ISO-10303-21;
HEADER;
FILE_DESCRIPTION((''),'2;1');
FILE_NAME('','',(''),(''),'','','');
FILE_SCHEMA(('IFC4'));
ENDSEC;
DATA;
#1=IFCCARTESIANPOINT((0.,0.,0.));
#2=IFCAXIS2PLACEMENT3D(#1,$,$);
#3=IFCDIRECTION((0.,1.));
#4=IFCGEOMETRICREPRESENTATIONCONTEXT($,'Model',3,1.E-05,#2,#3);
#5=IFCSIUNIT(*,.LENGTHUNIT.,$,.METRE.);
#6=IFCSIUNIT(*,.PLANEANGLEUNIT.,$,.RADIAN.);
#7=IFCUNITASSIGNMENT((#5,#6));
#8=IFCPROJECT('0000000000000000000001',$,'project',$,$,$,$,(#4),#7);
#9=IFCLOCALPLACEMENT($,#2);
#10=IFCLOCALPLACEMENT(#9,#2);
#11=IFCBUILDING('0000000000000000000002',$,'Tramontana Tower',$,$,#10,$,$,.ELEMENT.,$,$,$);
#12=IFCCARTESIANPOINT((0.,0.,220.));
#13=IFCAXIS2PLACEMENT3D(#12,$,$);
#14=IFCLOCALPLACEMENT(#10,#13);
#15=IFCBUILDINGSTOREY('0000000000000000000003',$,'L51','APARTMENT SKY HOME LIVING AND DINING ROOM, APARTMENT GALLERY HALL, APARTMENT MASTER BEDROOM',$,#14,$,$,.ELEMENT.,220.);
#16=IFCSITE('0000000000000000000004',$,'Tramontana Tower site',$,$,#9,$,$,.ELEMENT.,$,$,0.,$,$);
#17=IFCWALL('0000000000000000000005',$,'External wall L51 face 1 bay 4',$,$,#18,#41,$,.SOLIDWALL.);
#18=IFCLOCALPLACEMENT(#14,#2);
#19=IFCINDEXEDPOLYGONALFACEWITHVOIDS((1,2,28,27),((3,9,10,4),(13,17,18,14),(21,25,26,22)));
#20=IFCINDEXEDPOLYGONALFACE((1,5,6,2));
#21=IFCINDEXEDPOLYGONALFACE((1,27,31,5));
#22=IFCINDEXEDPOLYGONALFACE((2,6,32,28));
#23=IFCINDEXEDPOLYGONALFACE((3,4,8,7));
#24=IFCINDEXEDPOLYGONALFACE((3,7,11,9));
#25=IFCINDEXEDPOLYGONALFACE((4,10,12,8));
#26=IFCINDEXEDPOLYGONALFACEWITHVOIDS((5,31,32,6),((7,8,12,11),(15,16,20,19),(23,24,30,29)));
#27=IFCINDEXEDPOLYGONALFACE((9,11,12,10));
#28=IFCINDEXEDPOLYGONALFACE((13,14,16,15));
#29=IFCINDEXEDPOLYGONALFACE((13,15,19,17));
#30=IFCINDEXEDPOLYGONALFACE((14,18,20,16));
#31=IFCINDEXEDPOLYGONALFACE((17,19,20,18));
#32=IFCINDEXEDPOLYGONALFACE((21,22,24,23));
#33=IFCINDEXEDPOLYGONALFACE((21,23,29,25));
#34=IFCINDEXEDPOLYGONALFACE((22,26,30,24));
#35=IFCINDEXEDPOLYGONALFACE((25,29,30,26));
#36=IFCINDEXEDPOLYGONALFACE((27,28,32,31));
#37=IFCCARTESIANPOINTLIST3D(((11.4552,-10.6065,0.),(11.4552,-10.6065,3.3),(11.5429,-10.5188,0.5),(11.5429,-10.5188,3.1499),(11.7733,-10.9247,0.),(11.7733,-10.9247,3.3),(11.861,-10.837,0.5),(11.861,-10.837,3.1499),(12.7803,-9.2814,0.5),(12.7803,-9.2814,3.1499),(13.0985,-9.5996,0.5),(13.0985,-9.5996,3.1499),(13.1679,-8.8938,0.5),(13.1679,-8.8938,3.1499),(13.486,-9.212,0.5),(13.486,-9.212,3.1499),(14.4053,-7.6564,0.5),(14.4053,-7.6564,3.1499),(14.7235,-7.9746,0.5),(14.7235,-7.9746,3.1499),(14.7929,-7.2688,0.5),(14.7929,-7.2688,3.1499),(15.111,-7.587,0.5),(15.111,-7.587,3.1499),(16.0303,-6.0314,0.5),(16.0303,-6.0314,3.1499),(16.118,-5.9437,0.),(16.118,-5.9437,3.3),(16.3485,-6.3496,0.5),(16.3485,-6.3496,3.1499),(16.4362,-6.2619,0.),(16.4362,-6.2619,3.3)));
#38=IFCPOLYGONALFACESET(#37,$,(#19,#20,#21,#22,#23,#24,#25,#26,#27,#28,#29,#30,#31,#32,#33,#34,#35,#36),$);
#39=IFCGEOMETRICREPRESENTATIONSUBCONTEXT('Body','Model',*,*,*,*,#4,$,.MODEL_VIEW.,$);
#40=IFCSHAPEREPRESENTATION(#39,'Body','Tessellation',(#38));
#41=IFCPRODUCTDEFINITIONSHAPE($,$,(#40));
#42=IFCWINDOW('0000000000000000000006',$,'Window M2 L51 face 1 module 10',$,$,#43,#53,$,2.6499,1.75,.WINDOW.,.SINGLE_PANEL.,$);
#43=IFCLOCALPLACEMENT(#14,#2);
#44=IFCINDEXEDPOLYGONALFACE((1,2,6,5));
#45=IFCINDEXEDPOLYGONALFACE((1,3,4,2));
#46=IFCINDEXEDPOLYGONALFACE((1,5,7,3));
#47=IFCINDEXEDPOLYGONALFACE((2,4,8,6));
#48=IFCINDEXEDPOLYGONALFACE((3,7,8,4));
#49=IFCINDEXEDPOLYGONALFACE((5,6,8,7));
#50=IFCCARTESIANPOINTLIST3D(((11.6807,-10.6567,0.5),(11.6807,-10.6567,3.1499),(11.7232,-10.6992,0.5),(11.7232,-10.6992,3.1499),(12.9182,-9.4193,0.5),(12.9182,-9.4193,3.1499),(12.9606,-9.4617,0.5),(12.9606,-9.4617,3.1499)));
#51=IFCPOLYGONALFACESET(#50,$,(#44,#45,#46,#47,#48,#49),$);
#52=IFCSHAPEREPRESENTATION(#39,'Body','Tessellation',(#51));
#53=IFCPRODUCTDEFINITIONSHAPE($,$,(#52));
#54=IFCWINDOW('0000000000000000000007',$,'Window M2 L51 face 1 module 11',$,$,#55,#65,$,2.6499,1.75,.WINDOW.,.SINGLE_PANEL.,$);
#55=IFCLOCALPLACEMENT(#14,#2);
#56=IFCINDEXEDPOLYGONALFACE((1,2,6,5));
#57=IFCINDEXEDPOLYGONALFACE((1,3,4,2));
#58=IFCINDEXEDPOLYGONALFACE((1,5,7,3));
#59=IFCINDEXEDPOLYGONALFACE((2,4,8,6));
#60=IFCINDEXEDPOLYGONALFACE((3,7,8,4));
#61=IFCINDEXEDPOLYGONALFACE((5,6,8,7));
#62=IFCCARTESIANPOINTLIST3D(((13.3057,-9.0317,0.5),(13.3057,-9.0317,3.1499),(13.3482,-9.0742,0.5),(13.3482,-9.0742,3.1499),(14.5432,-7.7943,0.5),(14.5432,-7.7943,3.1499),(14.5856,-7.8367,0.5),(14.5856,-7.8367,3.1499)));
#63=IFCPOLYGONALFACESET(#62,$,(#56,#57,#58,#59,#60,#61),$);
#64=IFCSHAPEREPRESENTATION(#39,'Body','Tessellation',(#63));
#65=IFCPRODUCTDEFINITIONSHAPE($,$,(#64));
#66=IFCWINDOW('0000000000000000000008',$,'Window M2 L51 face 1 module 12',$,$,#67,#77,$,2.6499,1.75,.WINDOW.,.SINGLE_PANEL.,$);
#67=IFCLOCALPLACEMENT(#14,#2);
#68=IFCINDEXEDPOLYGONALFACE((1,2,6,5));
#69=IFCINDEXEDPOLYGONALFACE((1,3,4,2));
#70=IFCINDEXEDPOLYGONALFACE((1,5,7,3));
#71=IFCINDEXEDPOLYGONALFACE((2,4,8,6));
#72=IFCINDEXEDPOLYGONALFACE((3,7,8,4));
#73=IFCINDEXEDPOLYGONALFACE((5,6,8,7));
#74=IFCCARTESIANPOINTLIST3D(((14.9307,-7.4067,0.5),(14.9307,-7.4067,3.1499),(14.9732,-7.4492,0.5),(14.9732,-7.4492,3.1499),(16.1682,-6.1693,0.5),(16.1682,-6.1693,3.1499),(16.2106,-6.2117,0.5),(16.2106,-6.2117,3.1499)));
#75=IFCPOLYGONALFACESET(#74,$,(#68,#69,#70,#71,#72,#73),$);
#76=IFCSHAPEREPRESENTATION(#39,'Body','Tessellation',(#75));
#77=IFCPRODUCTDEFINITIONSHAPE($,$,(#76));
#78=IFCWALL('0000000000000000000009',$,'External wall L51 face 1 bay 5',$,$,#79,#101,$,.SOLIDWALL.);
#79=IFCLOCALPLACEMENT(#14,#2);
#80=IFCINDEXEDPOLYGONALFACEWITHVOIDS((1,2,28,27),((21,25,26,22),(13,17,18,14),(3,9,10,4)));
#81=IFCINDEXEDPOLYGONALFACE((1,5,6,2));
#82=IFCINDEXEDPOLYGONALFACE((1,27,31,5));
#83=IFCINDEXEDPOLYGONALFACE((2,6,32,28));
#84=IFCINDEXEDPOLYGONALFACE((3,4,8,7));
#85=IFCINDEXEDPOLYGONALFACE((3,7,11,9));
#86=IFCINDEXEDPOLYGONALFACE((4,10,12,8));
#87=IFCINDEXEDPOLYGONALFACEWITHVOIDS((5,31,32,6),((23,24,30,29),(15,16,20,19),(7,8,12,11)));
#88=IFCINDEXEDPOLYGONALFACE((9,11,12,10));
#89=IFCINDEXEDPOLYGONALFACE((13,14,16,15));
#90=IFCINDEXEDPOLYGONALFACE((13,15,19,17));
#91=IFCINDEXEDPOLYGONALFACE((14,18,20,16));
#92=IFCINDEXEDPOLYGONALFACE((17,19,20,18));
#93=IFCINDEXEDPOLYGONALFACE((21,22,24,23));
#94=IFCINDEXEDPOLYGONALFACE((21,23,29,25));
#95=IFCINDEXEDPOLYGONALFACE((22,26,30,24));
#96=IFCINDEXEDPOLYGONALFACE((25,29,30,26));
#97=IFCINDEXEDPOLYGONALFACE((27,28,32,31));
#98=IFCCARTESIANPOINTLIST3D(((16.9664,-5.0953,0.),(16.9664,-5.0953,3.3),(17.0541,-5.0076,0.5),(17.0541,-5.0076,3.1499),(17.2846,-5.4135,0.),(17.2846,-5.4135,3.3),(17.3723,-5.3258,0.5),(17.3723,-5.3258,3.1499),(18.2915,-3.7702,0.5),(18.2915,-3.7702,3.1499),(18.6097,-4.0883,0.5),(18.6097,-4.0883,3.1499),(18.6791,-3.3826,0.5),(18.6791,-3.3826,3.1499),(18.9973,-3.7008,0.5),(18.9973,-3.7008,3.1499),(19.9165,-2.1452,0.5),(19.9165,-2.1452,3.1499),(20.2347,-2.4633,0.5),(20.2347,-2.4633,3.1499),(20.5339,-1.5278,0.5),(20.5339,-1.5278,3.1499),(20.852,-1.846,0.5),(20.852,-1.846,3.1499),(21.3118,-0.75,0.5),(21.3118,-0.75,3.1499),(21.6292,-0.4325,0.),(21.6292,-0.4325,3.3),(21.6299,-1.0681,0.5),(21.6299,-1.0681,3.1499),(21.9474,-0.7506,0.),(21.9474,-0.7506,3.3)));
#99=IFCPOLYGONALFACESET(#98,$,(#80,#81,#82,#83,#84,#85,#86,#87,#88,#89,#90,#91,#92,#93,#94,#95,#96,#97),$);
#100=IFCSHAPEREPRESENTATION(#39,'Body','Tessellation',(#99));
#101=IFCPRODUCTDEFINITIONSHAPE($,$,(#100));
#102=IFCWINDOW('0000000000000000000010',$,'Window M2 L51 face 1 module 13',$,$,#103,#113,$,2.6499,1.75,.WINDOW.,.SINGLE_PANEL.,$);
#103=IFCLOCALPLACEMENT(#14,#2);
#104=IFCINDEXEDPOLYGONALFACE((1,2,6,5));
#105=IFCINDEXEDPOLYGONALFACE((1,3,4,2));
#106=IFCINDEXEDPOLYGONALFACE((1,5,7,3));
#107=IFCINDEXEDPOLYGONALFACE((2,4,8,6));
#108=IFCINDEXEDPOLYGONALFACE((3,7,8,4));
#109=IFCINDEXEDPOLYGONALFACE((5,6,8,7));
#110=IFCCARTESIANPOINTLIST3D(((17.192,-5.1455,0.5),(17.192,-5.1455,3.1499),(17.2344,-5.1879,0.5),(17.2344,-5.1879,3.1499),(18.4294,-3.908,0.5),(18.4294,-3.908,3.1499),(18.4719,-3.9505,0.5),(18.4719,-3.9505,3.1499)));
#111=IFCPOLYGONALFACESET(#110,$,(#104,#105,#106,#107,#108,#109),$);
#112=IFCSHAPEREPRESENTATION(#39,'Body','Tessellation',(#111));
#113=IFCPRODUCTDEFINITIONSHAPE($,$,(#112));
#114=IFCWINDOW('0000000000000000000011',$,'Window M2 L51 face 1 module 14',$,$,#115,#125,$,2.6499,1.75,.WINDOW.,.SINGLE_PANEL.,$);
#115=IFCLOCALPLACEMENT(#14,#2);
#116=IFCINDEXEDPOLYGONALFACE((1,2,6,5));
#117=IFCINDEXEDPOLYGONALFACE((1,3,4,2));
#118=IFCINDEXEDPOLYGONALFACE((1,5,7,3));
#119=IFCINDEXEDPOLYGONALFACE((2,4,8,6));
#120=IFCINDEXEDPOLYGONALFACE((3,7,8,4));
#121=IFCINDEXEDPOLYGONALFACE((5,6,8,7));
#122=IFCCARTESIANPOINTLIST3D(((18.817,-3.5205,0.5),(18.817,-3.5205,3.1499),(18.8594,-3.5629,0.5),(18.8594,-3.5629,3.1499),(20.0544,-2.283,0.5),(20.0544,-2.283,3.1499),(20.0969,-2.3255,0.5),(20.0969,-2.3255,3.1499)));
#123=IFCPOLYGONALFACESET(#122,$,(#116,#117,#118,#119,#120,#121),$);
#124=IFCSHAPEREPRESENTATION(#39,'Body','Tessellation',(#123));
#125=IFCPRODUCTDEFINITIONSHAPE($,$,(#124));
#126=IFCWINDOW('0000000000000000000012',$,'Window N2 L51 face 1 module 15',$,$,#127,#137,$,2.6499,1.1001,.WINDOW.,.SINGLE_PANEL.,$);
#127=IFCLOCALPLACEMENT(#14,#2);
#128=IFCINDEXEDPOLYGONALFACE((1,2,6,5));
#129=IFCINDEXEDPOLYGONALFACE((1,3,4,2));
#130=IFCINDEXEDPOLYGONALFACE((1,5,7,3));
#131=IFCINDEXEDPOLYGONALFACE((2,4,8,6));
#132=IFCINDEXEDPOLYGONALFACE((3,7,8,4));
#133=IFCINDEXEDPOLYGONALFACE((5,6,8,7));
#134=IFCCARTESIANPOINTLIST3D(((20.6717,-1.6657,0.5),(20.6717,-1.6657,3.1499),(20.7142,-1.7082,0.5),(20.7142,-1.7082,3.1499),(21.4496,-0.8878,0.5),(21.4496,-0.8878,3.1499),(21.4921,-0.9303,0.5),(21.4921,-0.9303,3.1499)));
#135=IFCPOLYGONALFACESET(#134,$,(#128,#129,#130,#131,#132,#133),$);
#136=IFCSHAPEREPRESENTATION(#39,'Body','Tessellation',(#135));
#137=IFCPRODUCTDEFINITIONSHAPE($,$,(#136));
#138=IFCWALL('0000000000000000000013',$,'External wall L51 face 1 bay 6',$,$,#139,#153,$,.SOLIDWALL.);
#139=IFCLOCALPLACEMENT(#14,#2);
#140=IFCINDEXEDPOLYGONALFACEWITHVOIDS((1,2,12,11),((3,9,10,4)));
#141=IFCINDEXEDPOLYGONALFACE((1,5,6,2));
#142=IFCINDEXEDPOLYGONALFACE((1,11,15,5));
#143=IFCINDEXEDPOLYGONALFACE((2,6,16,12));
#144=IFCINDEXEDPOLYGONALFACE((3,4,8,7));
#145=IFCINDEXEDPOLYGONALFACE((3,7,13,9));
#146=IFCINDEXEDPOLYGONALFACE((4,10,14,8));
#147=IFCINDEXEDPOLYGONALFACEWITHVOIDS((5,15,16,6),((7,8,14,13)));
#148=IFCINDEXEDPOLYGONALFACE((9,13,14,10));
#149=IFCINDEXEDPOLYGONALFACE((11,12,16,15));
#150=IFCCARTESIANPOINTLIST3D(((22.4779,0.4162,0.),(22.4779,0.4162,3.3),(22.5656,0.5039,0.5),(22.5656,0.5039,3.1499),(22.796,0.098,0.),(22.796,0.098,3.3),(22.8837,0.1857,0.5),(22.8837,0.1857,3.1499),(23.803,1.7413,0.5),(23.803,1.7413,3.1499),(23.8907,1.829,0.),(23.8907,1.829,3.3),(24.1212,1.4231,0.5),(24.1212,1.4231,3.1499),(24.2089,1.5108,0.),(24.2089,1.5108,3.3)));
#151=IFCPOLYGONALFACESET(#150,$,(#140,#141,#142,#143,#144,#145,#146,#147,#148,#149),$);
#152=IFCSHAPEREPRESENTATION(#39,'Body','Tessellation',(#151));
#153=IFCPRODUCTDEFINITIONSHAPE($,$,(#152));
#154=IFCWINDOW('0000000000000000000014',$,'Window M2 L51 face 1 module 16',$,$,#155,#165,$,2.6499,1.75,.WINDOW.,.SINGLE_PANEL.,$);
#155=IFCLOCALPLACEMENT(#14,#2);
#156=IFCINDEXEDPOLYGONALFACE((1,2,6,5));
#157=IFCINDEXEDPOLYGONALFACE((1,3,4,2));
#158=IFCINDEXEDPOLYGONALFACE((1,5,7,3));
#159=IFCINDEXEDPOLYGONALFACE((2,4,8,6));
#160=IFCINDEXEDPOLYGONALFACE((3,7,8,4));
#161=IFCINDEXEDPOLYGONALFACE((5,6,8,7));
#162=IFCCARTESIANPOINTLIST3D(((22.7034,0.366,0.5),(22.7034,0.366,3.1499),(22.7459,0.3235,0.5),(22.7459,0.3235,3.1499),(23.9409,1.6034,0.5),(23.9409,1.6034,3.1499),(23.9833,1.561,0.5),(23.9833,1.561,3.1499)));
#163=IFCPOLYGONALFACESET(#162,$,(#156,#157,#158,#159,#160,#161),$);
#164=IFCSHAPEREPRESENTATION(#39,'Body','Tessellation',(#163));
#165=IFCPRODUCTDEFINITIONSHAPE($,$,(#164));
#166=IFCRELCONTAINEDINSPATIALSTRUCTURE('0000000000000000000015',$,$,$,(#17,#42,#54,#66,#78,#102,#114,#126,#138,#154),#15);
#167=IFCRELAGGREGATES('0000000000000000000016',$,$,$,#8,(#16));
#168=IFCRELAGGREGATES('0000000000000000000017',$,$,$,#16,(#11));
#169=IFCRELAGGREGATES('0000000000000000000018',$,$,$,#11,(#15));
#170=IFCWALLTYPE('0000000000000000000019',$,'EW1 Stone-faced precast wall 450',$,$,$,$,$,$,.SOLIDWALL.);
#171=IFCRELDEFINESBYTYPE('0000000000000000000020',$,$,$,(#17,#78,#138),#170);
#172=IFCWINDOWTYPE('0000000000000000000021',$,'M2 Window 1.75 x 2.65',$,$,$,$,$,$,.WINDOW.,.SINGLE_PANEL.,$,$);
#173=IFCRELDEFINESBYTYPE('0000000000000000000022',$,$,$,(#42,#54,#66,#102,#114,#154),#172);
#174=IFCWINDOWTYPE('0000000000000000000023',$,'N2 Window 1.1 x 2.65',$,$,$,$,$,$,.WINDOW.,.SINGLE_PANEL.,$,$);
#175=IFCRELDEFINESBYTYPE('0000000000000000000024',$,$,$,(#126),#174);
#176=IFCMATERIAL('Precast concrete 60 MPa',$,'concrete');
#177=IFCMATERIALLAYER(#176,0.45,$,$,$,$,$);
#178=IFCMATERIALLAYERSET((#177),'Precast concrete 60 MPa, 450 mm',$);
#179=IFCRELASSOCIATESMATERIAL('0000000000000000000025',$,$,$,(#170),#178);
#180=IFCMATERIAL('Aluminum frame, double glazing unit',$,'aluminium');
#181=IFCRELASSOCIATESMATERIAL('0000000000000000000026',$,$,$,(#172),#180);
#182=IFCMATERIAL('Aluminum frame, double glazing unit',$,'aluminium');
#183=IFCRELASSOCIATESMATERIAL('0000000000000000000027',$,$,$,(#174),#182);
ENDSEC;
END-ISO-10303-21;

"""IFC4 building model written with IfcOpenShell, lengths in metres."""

from ifc_helpers import new_model, si_unit, direction, frame, frame_2d, origin, place, context, subcontext, project, spatial, rectangle, extrude, material, layer, layer_set, type_object, element, fill, save


model = new_model("IFC4")

# Units and contexts
model_context = context("Model", 3, precision=1e-05, world=origin(), true_north=direction((0.0, 1.0)))
body_context = subcontext(model_context, "Body", "Model", "MODEL_VIEW")
ifc_project = project(units=[si_unit("LENGTHUNIT", "METRE"), si_unit("PLANEANGLEUNIT", "RADIAN")], contexts=[model_context])

# Site, building, storey
site_placement = place(None, origin())
site = spatial("IfcSite", under=ifc_project, at=site_placement, Name="Tramontana Tower site", CompositionType="ELEMENT", RefElevation=0.0)
building_placement = place(site_placement, origin())
building = spatial("IfcBuilding", under=site, at=building_placement, Name="Tramontana Tower", CompositionType="ELEMENT")
storey_placement = place(building_placement, frame((0.0, 0.0, 220.0)))
storey = spatial("IfcBuildingStorey", under=building, at=storey_placement, Name="L51", Description="APARTMENT SKY HOME LIVING AND DINING ROOM, APARTMENT GALLERY HALL, APARTMENT MASTER BEDROOM", CompositionType="ELEMENT", Elevation=220.0)

# Walls, openings, windows
ifc_material_1 = material(Name="Precast concrete 60 MPa", Category="concrete")
ifc_layer_1 = layer(ifc_material_1, 0.45)
ifc_layer_set_1 = layer_set([ifc_layer_1], Name="Precast concrete 60 MPa, 450 mm")
wall_type_1 = type_object("IfcWallType", Name="EW1 Stone-faced precast wall 450", PredefinedType="SOLIDWALL", material=ifc_layer_set_1)
wall_1_placement = place(storey_placement, frame((11.6143, -10.7656, 0.0), z_axis=(0.0, 0.0, 1.0), x_axis=(0.707107, 0.707107, 0.0)))
wall_1 = element("IfcWall", 1, at=wall_1_placement, inside=storey, type_object=wall_type_1, Name="External wall L51 face 1 bay 4", PredefinedType="SOLIDWALL", context=body_context, shape_type="SweptSolid", body=[
    extrude(rectangle(XDim=6.5942, YDim=0.45, at=frame_2d((3.2971, 0.0))), origin(), (0.0, 0.0, 1.0), 3.3),
])
opening_1_placement = place(wall_1_placement, frame((0.124, 0.0, 0.5)))
opening_1 = element("IfcOpeningElement", 2, at=opening_1_placement, cuts=wall_1, PredefinedType="OPENING", context=body_context, shape_type="SweptSolid", body=[
    extrude(rectangle(XDim=1.75, YDim=2.6499, at=frame_2d((0.875, 1.325))), frame((0.0, 0.2349, 0.0), z_axis=(0.0, -1.0, 0.0), x_axis=(1.0, 0.0, 0.0)), (0.0, 0.0, 1.0), 0.47),
])
opening_2_placement = place(wall_1_placement, frame((2.4221, 0.0, 0.5)))
opening_2 = element("IfcOpeningElement", 3, at=opening_2_placement, cuts=wall_1, PredefinedType="OPENING", context=body_context, shape_type="SweptSolid", body=[
    extrude(rectangle(XDim=1.75, YDim=2.6499, at=frame_2d((0.875, 1.325))), frame((0.0, 0.2349, 0.0), z_axis=(0.0, -1.0, 0.0), x_axis=(1.0, 0.0, 0.0)), (0.0, 0.0, 1.0), 0.47),
])
opening_3_placement = place(wall_1_placement, frame((4.7202, 0.0, 0.5)))
opening_3 = element("IfcOpeningElement", 4, at=opening_3_placement, cuts=wall_1, PredefinedType="OPENING", context=body_context, shape_type="SweptSolid", body=[
    extrude(rectangle(XDim=1.75, YDim=2.6499, at=frame_2d((0.875, 1.325))), frame((0.0, 0.2349, 0.0), z_axis=(0.0, -1.0, 0.0), x_axis=(1.0, 0.0, 0.0)), (0.0, 0.0, 1.0), 0.47),
])
ifc_material_2 = material(Name="Aluminum frame, double glazing unit", Category="aluminium")
window_type_1 = type_object("IfcWindowType", Name="M2 Window 1.75 x 2.65", PartitioningType="SINGLE_PANEL", PredefinedType="WINDOW", material=ifc_material_2)
window_1_placement = place(opening_1_placement, origin())
window_1 = element("IfcWindow", 5, at=window_1_placement, inside=storey, type_object=window_type_1, Name="Window M2 L51 face 1 module 10", OverallHeight=2.6499, OverallWidth=1.75, PartitioningType="SINGLE_PANEL", PredefinedType="WINDOW", context=body_context, shape_type="SweptSolid", body=[
    extrude(rectangle(XDim=1.75, YDim=2.6499, at=frame_2d((0.875, 1.325))), frame((0.0, 0.03, 0.0), z_axis=(0.0, -1.0, 0.0), x_axis=(1.0, 0.0, 0.0)), (0.0, 0.0, 1.0), 0.0601),
])
fill(opening_1, window_1)
window_2_placement = place(opening_2_placement, origin())
window_2 = element("IfcWindow", 6, at=window_2_placement, inside=storey, type_object=window_type_1, Name="Window M2 L51 face 1 module 11", OverallHeight=2.6499, OverallWidth=1.75, PartitioningType="SINGLE_PANEL", PredefinedType="WINDOW", context=body_context, shape_type="SweptSolid", body=[
    extrude(rectangle(XDim=1.75, YDim=2.6499, at=frame_2d((0.875, 1.325))), frame((0.0, 0.03, 0.0), z_axis=(0.0, -1.0, 0.0), x_axis=(1.0, 0.0, 0.0)), (0.0, 0.0, 1.0), 0.0601),
])
fill(opening_2, window_2)
window_3_placement = place(opening_3_placement, origin())
window_3 = element("IfcWindow", 7, at=window_3_placement, inside=storey, type_object=window_type_1, Name="Window M2 L51 face 1 module 12", OverallHeight=2.6499, OverallWidth=1.75, PartitioningType="SINGLE_PANEL", PredefinedType="WINDOW", context=body_context, shape_type="SweptSolid", body=[
    extrude(rectangle(XDim=1.75, YDim=2.6499, at=frame_2d((0.875, 1.325))), frame((0.0, 0.03, 0.0), z_axis=(0.0, -1.0, 0.0), x_axis=(1.0, 0.0, 0.0)), (0.0, 0.0, 1.0), 0.0601),
])
fill(opening_3, window_3)
wall_2_placement = place(storey_placement, frame((17.1255, -5.2544, 0.0), z_axis=(0.0, 0.0, 1.0), x_axis=(0.707107, 0.707107, 0.0)))
wall_2 = element("IfcWall", 8, at=wall_2_placement, inside=storey, type_object=wall_type_1, Name="External wall L51 face 1 bay 5", PredefinedType="SOLIDWALL", context=body_context, shape_type="SweptSolid", body=[
    extrude(rectangle(XDim=6.5942, YDim=0.45, at=frame_2d((3.2971, 0.0))), origin(), (0.0, 0.0, 1.0), 3.3),
])
opening_4_placement = place(wall_2_placement, frame((0.124, 0.0, 0.5)))
opening_4 = element("IfcOpeningElement", 9, at=opening_4_placement, cuts=wall_2, PredefinedType="OPENING", context=body_context, shape_type="SweptSolid", body=[
    extrude(rectangle(XDim=1.75, YDim=2.6499, at=frame_2d((0.875, 1.325))), frame((0.0, 0.2349, 0.0), z_axis=(0.0, -1.0, 0.0), x_axis=(1.0, 0.0, 0.0)), (0.0, 0.0, 1.0), 0.47),
])
opening_5_placement = place(wall_2_placement, frame((2.4221, 0.0, 0.5)))
opening_5 = element("IfcOpeningElement", 10, at=opening_5_placement, cuts=wall_2, PredefinedType="OPENING", context=body_context, shape_type="SweptSolid", body=[
    extrude(rectangle(XDim=1.75, YDim=2.6499, at=frame_2d((0.875, 1.325))), frame((0.0, 0.2349, 0.0), z_axis=(0.0, -1.0, 0.0), x_axis=(1.0, 0.0, 0.0)), (0.0, 0.0, 1.0), 0.47),
])
opening_6_placement = place(wall_2_placement, frame((5.0452, 0.0, 0.5)))
opening_6 = element("IfcOpeningElement", 11, at=opening_6_placement, cuts=wall_2, PredefinedType="OPENING", context=body_context, shape_type="SweptSolid", body=[
    extrude(rectangle(XDim=1.1001, YDim=2.6499, at=frame_2d((0.55, 1.325))), frame((0.0, 0.2349, 0.0), z_axis=(0.0, -1.0, 0.0), x_axis=(1.0, 0.0, 0.0)), (0.0, 0.0, 1.0), 0.47),
])
window_4_placement = place(opening_4_placement, origin())
window_4 = element("IfcWindow", 12, at=window_4_placement, inside=storey, type_object=window_type_1, Name="Window M2 L51 face 1 module 13", OverallHeight=2.6499, OverallWidth=1.75, PartitioningType="SINGLE_PANEL", PredefinedType="WINDOW", context=body_context, shape_type="SweptSolid", body=[
    extrude(rectangle(XDim=1.75, YDim=2.6499, at=frame_2d((0.875, 1.325))), frame((0.0, 0.03, 0.0), z_axis=(0.0, -1.0, 0.0), x_axis=(1.0, 0.0, 0.0)), (0.0, 0.0, 1.0), 0.0601),
])
fill(opening_4, window_4)
window_5_placement = place(opening_5_placement, origin())
window_5 = element("IfcWindow", 13, at=window_5_placement, inside=storey, type_object=window_type_1, Name="Window M2 L51 face 1 module 14", OverallHeight=2.6499, OverallWidth=1.75, PartitioningType="SINGLE_PANEL", PredefinedType="WINDOW", context=body_context, shape_type="SweptSolid", body=[
    extrude(rectangle(XDim=1.75, YDim=2.6499, at=frame_2d((0.875, 1.325))), frame((0.0, 0.03, 0.0), z_axis=(0.0, -1.0, 0.0), x_axis=(1.0, 0.0, 0.0)), (0.0, 0.0, 1.0), 0.0601),
])
fill(opening_5, window_5)
ifc_material_3 = material(Name="Aluminum frame, double glazing unit", Category="aluminium")
window_type_2 = type_object("IfcWindowType", Name="N2 Window 1.1 x 2.65", PartitioningType="SINGLE_PANEL", PredefinedType="WINDOW", material=ifc_material_3)
window_6_placement = place(opening_6_placement, origin())
window_6 = element("IfcWindow", 14, at=window_6_placement, inside=storey, type_object=window_type_2, Name="Window N2 L51 face 1 module 15", OverallHeight=2.6499, OverallWidth=1.1001, PartitioningType="SINGLE_PANEL", PredefinedType="WINDOW", context=body_context, shape_type="SweptSolid", body=[
    extrude(rectangle(XDim=1.1001, YDim=2.6499, at=frame_2d((0.55, 1.325))), frame((0.0, 0.03, 0.0), z_axis=(0.0, -1.0, 0.0), x_axis=(1.0, 0.0, 0.0)), (0.0, 0.0, 1.0), 0.0601),
])
fill(opening_6, window_6)

# Wall, opening, window
wall_3_placement = place(storey_placement, frame((22.637, 0.2571, 0.0), z_axis=(0.0, 0.0, 1.0), x_axis=(0.707107, 0.707107, 0.0)))
wall_3 = element("IfcWall", 15, at=wall_3_placement, inside=storey, type_object=wall_type_1, Name="External wall L51 face 1 bay 6", PredefinedType="SOLIDWALL", context=body_context, shape_type="SweptSolid", body=[
    extrude(rectangle(XDim=1.998, YDim=0.45, at=frame_2d((0.999, 0.0))), origin(), (0.0, 0.0, 1.0), 3.3),
])
opening_7_placement = place(wall_3_placement, frame((0.124, 0.0, 0.5)))
opening_7 = element("IfcOpeningElement", 16, at=opening_7_placement, cuts=wall_3, PredefinedType="OPENING", context=body_context, shape_type="SweptSolid", body=[
    extrude(rectangle(XDim=1.75, YDim=2.6499, at=frame_2d((0.875, 1.325))), frame((0.0, 0.2349, 0.0), z_axis=(0.0, -1.0, 0.0), x_axis=(1.0, 0.0, 0.0)), (0.0, 0.0, 1.0), 0.47),
])
window_7_placement = place(opening_7_placement, origin())
window_7 = element("IfcWindow", 17, at=window_7_placement, inside=storey, type_object=window_type_1, Name="Window M2 L51 face 1 module 16", OverallHeight=2.6499, OverallWidth=1.75, PartitioningType="SINGLE_PANEL", PredefinedType="WINDOW", context=body_context, shape_type="SweptSolid", body=[
    extrude(rectangle(XDim=1.75, YDim=2.6499, at=frame_2d((0.875, 1.325))), frame((0.0, 0.03, 0.0), z_axis=(0.0, -1.0, 0.0), x_axis=(1.0, 0.0, 0.0)), (0.0, 0.0, 1.0), 0.0601),
])
fill(opening_7, window_7)

save(model, "model.ifc")
